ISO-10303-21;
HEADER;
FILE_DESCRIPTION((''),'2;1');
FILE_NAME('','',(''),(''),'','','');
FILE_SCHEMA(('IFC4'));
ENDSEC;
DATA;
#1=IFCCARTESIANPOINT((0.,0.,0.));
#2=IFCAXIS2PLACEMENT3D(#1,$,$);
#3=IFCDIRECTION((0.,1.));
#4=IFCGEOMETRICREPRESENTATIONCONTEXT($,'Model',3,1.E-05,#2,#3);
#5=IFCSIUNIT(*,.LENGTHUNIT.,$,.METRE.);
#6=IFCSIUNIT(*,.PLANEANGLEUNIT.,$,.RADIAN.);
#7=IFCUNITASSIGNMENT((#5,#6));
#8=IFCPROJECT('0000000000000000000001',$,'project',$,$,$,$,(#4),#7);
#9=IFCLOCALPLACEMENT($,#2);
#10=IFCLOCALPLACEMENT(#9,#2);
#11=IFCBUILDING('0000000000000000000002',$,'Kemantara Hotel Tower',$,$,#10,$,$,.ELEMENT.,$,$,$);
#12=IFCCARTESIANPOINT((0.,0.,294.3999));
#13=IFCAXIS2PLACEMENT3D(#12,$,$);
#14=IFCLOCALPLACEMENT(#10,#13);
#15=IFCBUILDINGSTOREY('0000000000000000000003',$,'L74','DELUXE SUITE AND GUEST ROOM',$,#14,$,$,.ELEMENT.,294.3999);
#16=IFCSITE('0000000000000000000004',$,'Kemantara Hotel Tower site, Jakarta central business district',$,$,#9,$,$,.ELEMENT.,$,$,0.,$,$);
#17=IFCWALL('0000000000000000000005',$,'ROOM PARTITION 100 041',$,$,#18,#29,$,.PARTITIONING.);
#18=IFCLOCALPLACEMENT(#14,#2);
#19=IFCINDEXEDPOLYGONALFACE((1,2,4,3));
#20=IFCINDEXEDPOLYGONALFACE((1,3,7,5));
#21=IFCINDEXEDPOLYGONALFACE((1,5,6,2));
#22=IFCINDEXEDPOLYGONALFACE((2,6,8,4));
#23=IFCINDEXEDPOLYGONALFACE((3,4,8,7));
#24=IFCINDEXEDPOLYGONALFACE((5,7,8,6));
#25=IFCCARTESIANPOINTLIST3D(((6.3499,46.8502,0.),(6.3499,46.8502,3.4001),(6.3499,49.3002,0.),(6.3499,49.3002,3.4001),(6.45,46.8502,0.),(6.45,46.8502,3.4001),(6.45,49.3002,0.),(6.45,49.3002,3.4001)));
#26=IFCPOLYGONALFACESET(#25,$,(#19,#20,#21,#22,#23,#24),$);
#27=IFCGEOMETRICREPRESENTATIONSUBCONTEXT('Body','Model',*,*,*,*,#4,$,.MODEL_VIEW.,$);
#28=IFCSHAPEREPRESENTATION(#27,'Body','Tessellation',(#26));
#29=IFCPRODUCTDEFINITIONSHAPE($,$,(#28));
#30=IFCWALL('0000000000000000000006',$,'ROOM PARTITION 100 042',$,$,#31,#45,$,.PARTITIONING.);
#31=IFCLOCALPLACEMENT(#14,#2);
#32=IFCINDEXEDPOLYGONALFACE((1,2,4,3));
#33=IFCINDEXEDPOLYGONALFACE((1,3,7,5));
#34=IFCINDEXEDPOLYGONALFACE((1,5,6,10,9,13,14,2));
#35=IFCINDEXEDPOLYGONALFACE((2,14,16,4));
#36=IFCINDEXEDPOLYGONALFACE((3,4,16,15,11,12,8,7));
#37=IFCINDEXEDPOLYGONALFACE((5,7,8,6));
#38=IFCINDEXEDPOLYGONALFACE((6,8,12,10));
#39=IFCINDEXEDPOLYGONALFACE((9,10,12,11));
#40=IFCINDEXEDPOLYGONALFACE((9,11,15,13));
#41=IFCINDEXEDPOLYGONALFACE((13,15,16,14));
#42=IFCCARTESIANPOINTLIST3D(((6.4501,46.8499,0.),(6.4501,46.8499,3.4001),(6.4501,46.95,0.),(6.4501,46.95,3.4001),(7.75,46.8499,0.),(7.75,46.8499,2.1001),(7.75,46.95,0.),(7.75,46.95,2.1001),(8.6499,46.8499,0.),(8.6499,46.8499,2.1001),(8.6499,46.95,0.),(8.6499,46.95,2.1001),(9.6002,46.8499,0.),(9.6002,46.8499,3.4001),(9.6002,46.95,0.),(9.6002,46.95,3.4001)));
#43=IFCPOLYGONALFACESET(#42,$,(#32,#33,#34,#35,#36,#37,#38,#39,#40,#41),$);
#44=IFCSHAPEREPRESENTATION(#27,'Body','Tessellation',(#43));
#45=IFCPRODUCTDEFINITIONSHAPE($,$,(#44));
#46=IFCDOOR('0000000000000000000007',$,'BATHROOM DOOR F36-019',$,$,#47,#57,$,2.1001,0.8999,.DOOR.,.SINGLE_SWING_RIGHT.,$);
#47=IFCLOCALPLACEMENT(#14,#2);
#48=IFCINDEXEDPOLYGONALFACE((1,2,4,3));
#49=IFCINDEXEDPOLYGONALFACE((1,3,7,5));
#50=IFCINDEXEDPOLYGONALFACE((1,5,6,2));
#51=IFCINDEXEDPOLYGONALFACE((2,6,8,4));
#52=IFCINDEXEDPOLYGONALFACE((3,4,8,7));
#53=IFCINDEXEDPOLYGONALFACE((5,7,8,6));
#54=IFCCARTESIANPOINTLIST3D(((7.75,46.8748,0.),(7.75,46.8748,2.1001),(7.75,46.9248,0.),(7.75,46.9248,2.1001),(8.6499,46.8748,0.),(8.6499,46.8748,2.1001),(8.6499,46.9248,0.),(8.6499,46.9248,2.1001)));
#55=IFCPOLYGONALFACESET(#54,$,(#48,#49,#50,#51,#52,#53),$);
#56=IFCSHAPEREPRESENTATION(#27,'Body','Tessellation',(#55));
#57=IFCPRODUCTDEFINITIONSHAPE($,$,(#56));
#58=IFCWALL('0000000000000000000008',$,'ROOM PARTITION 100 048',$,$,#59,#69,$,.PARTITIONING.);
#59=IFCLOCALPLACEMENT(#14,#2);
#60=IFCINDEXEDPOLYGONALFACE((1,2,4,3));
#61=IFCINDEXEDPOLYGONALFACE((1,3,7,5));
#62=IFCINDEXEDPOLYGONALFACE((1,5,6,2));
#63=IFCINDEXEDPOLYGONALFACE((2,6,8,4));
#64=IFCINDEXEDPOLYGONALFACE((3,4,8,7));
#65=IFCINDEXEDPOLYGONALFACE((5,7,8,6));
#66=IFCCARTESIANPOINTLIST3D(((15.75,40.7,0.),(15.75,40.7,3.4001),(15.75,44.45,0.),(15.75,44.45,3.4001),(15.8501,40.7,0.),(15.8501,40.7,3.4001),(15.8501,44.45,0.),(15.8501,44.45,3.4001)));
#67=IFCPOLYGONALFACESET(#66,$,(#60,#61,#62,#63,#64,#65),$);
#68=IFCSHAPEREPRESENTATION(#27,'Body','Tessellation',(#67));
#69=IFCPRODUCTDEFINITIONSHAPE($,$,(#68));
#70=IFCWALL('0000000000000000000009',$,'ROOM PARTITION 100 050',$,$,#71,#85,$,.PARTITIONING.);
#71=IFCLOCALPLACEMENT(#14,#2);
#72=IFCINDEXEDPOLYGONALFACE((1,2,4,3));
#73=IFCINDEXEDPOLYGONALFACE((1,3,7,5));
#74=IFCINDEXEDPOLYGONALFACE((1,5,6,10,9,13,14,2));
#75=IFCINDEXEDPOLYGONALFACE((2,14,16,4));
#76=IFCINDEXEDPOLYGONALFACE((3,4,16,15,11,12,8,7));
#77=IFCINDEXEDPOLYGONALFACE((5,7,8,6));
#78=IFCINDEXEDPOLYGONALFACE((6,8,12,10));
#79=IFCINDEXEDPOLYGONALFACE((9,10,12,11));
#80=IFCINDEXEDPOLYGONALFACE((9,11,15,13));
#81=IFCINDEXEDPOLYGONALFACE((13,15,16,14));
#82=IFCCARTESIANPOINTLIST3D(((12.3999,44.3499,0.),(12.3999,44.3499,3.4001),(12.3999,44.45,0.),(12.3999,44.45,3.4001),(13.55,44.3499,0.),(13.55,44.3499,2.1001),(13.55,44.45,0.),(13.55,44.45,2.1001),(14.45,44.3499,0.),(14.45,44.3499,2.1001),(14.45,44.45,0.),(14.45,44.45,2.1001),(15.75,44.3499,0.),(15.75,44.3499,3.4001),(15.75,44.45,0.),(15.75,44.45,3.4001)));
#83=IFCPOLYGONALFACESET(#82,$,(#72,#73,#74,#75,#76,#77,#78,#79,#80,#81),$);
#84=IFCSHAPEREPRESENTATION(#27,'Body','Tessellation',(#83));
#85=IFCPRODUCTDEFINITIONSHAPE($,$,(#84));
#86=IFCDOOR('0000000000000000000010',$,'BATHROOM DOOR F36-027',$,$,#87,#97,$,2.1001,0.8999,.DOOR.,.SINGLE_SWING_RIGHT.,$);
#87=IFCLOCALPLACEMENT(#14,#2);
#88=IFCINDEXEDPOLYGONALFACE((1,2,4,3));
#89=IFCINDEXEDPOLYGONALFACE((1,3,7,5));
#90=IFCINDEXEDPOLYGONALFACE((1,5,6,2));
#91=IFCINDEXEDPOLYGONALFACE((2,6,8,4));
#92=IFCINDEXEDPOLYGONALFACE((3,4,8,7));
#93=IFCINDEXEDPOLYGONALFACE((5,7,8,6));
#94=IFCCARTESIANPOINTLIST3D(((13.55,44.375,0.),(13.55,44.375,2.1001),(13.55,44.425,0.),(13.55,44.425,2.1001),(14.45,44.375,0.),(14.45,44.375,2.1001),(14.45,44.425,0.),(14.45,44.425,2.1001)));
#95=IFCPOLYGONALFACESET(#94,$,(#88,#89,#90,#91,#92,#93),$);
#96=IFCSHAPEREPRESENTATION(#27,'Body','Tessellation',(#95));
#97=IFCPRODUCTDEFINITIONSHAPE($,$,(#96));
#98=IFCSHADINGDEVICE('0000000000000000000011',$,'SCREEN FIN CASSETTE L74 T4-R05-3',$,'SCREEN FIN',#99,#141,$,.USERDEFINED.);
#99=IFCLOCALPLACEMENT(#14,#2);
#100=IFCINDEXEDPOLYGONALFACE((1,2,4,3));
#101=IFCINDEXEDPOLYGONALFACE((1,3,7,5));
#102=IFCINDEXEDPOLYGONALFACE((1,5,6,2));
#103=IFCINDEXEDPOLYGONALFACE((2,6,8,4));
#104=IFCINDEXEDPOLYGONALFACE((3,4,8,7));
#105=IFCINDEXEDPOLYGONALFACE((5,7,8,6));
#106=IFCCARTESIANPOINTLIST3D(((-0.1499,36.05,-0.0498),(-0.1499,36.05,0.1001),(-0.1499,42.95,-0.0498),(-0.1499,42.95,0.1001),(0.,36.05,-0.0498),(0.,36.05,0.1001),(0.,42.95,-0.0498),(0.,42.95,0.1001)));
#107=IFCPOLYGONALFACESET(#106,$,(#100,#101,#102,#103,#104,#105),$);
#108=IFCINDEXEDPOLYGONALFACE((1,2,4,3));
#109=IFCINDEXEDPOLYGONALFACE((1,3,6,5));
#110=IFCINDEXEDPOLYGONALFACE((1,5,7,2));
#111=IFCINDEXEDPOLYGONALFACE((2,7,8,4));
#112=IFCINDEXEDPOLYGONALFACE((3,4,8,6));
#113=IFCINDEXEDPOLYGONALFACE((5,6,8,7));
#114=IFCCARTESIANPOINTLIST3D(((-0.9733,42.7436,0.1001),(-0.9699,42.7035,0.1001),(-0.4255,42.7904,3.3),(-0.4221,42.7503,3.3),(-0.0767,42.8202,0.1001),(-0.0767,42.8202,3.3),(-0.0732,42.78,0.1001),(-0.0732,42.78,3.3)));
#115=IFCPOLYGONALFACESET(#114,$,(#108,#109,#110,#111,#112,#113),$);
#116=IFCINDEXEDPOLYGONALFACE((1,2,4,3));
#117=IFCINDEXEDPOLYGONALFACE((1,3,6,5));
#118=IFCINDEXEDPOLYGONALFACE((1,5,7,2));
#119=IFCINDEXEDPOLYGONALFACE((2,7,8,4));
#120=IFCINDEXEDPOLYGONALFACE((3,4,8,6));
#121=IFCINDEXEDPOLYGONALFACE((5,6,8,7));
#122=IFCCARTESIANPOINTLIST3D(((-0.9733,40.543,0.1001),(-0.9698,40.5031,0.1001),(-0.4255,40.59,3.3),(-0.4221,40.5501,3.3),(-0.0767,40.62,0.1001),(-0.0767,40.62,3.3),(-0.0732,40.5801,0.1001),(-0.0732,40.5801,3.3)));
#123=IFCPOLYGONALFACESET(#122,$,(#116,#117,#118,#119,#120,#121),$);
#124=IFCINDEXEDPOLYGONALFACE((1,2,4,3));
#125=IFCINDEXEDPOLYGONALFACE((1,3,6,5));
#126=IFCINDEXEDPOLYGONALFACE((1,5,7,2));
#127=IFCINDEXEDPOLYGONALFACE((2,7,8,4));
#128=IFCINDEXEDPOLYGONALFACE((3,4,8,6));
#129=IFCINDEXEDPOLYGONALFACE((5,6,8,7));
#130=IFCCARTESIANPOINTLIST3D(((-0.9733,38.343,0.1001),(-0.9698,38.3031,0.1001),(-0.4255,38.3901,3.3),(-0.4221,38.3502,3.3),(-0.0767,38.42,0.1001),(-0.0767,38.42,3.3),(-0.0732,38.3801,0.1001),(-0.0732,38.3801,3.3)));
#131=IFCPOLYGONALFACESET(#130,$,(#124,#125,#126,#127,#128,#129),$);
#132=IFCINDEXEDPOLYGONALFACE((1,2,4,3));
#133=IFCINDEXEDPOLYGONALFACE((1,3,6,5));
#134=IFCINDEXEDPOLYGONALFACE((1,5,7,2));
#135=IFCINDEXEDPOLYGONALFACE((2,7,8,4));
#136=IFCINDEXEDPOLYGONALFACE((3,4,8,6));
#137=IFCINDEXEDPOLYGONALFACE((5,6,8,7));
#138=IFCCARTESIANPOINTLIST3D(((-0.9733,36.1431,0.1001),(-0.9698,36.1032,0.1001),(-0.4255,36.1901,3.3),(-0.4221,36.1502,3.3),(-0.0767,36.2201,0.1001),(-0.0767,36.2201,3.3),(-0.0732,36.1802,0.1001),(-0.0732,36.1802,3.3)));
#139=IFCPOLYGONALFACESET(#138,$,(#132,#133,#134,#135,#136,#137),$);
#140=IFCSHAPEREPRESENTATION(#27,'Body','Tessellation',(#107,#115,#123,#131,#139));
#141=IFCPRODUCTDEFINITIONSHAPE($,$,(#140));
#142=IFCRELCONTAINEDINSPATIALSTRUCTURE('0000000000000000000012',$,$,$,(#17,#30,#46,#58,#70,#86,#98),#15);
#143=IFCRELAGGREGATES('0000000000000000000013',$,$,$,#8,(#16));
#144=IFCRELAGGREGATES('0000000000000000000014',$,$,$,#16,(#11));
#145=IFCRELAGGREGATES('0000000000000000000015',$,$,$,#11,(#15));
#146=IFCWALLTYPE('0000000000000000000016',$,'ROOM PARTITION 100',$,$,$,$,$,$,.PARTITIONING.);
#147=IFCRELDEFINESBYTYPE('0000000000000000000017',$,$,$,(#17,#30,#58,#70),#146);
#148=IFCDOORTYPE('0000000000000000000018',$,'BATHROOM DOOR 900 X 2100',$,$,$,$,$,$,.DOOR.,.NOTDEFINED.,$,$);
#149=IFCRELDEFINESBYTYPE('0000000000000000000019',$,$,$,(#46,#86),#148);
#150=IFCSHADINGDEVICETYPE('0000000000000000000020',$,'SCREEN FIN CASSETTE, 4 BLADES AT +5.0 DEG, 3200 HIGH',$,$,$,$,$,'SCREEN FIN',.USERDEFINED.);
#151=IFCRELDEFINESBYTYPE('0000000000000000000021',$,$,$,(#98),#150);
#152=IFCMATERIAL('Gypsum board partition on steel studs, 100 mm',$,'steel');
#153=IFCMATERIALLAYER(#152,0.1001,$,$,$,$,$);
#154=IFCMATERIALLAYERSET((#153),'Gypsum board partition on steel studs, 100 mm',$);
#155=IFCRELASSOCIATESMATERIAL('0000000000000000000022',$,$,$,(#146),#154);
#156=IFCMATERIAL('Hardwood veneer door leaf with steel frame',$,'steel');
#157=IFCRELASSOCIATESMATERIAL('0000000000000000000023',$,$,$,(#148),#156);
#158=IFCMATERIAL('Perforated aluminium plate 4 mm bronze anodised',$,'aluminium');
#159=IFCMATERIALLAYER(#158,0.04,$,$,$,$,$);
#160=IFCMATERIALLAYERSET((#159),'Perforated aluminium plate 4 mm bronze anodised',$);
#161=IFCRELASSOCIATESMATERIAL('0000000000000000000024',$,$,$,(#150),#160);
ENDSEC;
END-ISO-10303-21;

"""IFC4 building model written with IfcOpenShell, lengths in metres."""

from ifc_helpers import new_model, si_unit, direction, frame, frame_2d, origin, origin_2d, place, context, subcontext, project, spatial, polyline, rectangle, outline, extrude, source, transform, mapped, material, layer, layer_set, type_object, element, fill, save


model = new_model("IFC4")

# Units and contexts
model_context = context("Model", 3, precision=1e-05, world=origin(), true_north=direction((0.0, 1.0)))
body_context = subcontext(model_context, "Body", "Model", "MODEL_VIEW")
ifc_project = project(units=[si_unit("LENGTHUNIT", "METRE"), si_unit("PLANEANGLEUNIT", "RADIAN")], contexts=[model_context])

# Site, building, storey
site_placement = place(None, origin())
site = spatial("IfcSite", under=ifc_project, at=site_placement, Name="Kemantara Hotel Tower site, Jakarta central business district", CompositionType="ELEMENT", RefElevation=0.0)
building_placement = place(site_placement, origin())
building = spatial("IfcBuilding", under=site, at=building_placement, Name="Kemantara Hotel Tower", CompositionType="ELEMENT")
storey_placement = place(building_placement, frame((0.0, 0.0, 294.3999)))
storey = spatial("IfcBuildingStorey", under=building, at=storey_placement, Name="L74", Description="DELUXE SUITE AND GUEST ROOM", CompositionType="ELEMENT", Elevation=294.3999)

# Shared definitions
ifc_material_1 = material(Name="Hardwood veneer door leaf with steel frame", Category="steel")

# Shared definitions
ifc_material_2 = material(Name="Gypsum board partition on steel studs, 100 mm", Category="steel")
ifc_layer_1 = layer(ifc_material_2, 0.1001)
ifc_layer_set_1 = layer_set([ifc_layer_1], Name="Gypsum board partition on steel studs, 100 mm")
wall_type_1 = type_object("IfcWallType", Name="ROOM PARTITION 100", PredefinedType="PARTITIONING", material=ifc_layer_set_1)

# Shared definitions
door_type_1 = type_object("IfcDoorType", Name="BATHROOM DOOR 900 X 2100", OperationType="NOTDEFINED", PredefinedType="DOOR", material=ifc_material_1)

# Wall
wall_1_placement = place(storey_placement, frame((6.3999, 46.8501, 0.0), z_axis=(0.0, 0.0, 1.0), x_axis=(0.0, 1.0, 0.0)))
element("IfcWall", 1, at=wall_1_placement, inside=storey, type_object=wall_type_1, Name="ROOM PARTITION 100 041", PredefinedType="PARTITIONING", context=body_context, shape_type="SweptSolid", body=[
    extrude(rectangle(XDim=2.45, YDim=0.1001, at=frame_2d((1.2251, 0.0))), origin(), (0.0, 0.0, 1.0), 3.4001),
])

# Wall, opening, door
wall_2_placement = place(storey_placement, frame((6.45, 46.8999, 0.0), z_axis=(0.0, 0.0, 1.0), x_axis=(1.0, 0.0, 0.0)))
wall_2 = element("IfcWall", 2, at=wall_2_placement, inside=storey, type_object=wall_type_1, Name="ROOM PARTITION 100 042", PredefinedType="PARTITIONING", context=body_context, shape_type="SweptSolid", body=[
    extrude(rectangle(XDim=3.1501, YDim=0.1001, at=frame_2d((1.5752, 0.0))), origin(), (0.0, 0.0, 1.0), 3.4001),
])
opening_1_placement = place(wall_2_placement, frame((1.3, 0.0, 0.0)))
opening_1 = element("IfcOpeningElement", 3, at=opening_1_placement, cuts=wall_2, PredefinedType="OPENING", context=body_context, shape_type="SweptSolid", body=[
    extrude(rectangle(XDim=0.8999, YDim=2.1001, at=frame_2d((0.45, 1.05))), frame((0.0, 0.0601, 0.0), z_axis=(0.0, -1.0, 0.0), x_axis=(1.0, 0.0, 0.0)), (0.0, 0.0, 1.0), 0.1201),
])
door_1_placement = place(opening_1_placement, origin())
door_1 = element("IfcDoor", 4, at=door_1_placement, inside=storey, type_object=door_type_1, Name="BATHROOM DOOR F36-019", OperationType="SINGLE_SWING_RIGHT", OverallHeight=2.1001, OverallWidth=0.8999, PredefinedType="DOOR", context=body_context, shape_type="SweptSolid", body=[
    extrude(rectangle(XDim=0.8999, YDim=2.1001, at=frame_2d((0.45, 1.05))), frame((0.0, 0.0249, 0.0), z_axis=(0.0, -1.0, 0.0), x_axis=(1.0, 0.0, 0.0)), (0.0, 0.0, 1.0), 0.05),
])
fill(opening_1, door_1)

# Wall
wall_3_placement = place(storey_placement, frame((15.8, 40.7, 0.0), z_axis=(0.0, 0.0, 1.0), x_axis=(0.0, 1.0, 0.0)))
element("IfcWall", 5, at=wall_3_placement, inside=storey, type_object=wall_type_1, Name="ROOM PARTITION 100 048", PredefinedType="PARTITIONING", context=body_context, shape_type="SweptSolid", body=[
    extrude(rectangle(XDim=3.75, YDim=0.1001, at=frame_2d((1.875, 0.0))), origin(), (0.0, 0.0, 1.0), 3.4001),
])

# Wall, opening, door
wall_4_placement = place(storey_placement, frame((15.75, 44.3999, 0.0), z_axis=(0.0, 0.0, 1.0), x_axis=(-1.0, 0.0, 0.0)))
wall_4 = element("IfcWall", 6, at=wall_4_placement, inside=storey, type_object=wall_type_1, Name="ROOM PARTITION 100 050", PredefinedType="PARTITIONING", context=body_context, shape_type="SweptSolid", body=[
    extrude(rectangle(XDim=3.3501, YDim=0.1001, at=frame_2d((1.675, 0.0))), origin(), (0.0, 0.0, 1.0), 3.4001),
])
opening_2_placement = place(wall_4_placement, frame((1.3, 0.0, 0.0)))
opening_2 = element("IfcOpeningElement", 7, at=opening_2_placement, cuts=wall_4, PredefinedType="OPENING", context=body_context, shape_type="SweptSolid", body=[
    extrude(rectangle(XDim=0.8999, YDim=2.1001, at=frame_2d((0.45, 1.05))), frame((0.0, 0.0601, 0.0), z_axis=(0.0, -1.0, 0.0), x_axis=(1.0, 0.0, 0.0)), (0.0, 0.0, 1.0), 0.1201),
])
door_2_placement = place(opening_2_placement, origin())
door_2 = element("IfcDoor", 8, at=door_2_placement, inside=storey, type_object=door_type_1, Name="BATHROOM DOOR F36-027", OperationType="SINGLE_SWING_RIGHT", OverallHeight=2.1001, OverallWidth=0.8999, PredefinedType="DOOR", context=body_context, shape_type="SweptSolid", body=[
    extrude(rectangle(XDim=0.8999, YDim=2.1001, at=frame_2d((0.45, 1.05))), frame((0.0, 0.0249, 0.0), z_axis=(0.0, -1.0, 0.0), x_axis=(1.0, 0.0, 0.0)), (0.0, 0.0, 1.0), 0.05),
])
fill(opening_2, door_2)

# Shading device
ifc_material_3 = material(Name="Perforated aluminium plate 4 mm bronze anodised", Category="aluminium")
ifc_layer_2 = layer(ifc_material_3, 0.04)
ifc_layer_set_2 = layer_set([ifc_layer_2], Name="Perforated aluminium plate 4 mm bronze anodised")
shading_device_type = type_object("IfcShadingDeviceType", Name="SCREEN FIN CASSETTE, 4 BLADES AT +5.0 DEG, 3200 HIGH", ElementType="SCREEN FIN", PredefinedType="USERDEFINED", material=ifc_layer_set_2)
shared_shape = source(origin(), body_context, "Body", "SweptSolid", [
    extrude(rectangle(XDim=6.8999, YDim=0.1499, at=origin_2d()), frame((3.3, -0.075, -0.1499), z_axis=(0.0, 0.0, 1.0), x_axis=(1.0, 0.0, 0.0)), (0.0, 0.0, 1.0), 0.1499),
    extrude(outline(polyline([(0.0, 0.0), (0.8999, 0.0), (0.3501, 3.2), (0.0, 3.2), (0.0, 0.0)])), frame((0.02, -0.0732, 0.0), z_axis=(-0.996376, -0.085056, 0.0), x_axis=(0.085056, -0.996376, 0.0)), (0.0, 0.0, 1.0), 0.0403),
    extrude(outline(polyline([(0.0, 0.0), (0.8999, 0.0), (0.3501, 3.2), (0.0, 3.2), (0.0, 0.0)])), frame((2.22, -0.0732, 0.0), z_axis=(-0.996332, -0.085575, 0.0), x_axis=(0.085575, -0.996332, 0.0)), (0.0, 0.0, 1.0), 0.04),
    extrude(outline(polyline([(0.0, 0.0), (0.8999, 0.0), (0.3501, 3.2), (0.0, 3.2), (0.0, 0.0)])), frame((4.4199, -0.0732, 0.0), z_axis=(-0.996332, -0.085575, 0.0), x_axis=(0.085575, -0.996332, 0.0)), (0.0, 0.0, 1.0), 0.04),
    extrude(outline(polyline([(0.0, 0.0), (0.8999, 0.0), (0.3501, 3.2), (0.0, 3.2), (0.0, 0.0)])), frame((6.6199, -0.0732, 0.0), z_axis=(-0.996332, -0.085575, 0.0), x_axis=(0.085575, -0.996332, 0.0)), (0.0, 0.0, 1.0), 0.04),
])
shading_device_placement = place(storey_placement, frame((0.0, 42.8, 0.1001), z_axis=(0.0, 0.0, 1.0), x_axis=(0.0, -1.0, 0.0)))
element("IfcShadingDevice", 9, at=shading_device_placement, inside=storey, type_object=shading_device_type, Name="SCREEN FIN CASSETTE L74 T4-R05-3", ObjectType="SCREEN FIN", PredefinedType="USERDEFINED", context=body_context, shape_type="MappedRepresentation", body=[
    mapped(shared_shape, transform((0.0, 0.0, 0.0))),
])

save(model, "model.ifc")
